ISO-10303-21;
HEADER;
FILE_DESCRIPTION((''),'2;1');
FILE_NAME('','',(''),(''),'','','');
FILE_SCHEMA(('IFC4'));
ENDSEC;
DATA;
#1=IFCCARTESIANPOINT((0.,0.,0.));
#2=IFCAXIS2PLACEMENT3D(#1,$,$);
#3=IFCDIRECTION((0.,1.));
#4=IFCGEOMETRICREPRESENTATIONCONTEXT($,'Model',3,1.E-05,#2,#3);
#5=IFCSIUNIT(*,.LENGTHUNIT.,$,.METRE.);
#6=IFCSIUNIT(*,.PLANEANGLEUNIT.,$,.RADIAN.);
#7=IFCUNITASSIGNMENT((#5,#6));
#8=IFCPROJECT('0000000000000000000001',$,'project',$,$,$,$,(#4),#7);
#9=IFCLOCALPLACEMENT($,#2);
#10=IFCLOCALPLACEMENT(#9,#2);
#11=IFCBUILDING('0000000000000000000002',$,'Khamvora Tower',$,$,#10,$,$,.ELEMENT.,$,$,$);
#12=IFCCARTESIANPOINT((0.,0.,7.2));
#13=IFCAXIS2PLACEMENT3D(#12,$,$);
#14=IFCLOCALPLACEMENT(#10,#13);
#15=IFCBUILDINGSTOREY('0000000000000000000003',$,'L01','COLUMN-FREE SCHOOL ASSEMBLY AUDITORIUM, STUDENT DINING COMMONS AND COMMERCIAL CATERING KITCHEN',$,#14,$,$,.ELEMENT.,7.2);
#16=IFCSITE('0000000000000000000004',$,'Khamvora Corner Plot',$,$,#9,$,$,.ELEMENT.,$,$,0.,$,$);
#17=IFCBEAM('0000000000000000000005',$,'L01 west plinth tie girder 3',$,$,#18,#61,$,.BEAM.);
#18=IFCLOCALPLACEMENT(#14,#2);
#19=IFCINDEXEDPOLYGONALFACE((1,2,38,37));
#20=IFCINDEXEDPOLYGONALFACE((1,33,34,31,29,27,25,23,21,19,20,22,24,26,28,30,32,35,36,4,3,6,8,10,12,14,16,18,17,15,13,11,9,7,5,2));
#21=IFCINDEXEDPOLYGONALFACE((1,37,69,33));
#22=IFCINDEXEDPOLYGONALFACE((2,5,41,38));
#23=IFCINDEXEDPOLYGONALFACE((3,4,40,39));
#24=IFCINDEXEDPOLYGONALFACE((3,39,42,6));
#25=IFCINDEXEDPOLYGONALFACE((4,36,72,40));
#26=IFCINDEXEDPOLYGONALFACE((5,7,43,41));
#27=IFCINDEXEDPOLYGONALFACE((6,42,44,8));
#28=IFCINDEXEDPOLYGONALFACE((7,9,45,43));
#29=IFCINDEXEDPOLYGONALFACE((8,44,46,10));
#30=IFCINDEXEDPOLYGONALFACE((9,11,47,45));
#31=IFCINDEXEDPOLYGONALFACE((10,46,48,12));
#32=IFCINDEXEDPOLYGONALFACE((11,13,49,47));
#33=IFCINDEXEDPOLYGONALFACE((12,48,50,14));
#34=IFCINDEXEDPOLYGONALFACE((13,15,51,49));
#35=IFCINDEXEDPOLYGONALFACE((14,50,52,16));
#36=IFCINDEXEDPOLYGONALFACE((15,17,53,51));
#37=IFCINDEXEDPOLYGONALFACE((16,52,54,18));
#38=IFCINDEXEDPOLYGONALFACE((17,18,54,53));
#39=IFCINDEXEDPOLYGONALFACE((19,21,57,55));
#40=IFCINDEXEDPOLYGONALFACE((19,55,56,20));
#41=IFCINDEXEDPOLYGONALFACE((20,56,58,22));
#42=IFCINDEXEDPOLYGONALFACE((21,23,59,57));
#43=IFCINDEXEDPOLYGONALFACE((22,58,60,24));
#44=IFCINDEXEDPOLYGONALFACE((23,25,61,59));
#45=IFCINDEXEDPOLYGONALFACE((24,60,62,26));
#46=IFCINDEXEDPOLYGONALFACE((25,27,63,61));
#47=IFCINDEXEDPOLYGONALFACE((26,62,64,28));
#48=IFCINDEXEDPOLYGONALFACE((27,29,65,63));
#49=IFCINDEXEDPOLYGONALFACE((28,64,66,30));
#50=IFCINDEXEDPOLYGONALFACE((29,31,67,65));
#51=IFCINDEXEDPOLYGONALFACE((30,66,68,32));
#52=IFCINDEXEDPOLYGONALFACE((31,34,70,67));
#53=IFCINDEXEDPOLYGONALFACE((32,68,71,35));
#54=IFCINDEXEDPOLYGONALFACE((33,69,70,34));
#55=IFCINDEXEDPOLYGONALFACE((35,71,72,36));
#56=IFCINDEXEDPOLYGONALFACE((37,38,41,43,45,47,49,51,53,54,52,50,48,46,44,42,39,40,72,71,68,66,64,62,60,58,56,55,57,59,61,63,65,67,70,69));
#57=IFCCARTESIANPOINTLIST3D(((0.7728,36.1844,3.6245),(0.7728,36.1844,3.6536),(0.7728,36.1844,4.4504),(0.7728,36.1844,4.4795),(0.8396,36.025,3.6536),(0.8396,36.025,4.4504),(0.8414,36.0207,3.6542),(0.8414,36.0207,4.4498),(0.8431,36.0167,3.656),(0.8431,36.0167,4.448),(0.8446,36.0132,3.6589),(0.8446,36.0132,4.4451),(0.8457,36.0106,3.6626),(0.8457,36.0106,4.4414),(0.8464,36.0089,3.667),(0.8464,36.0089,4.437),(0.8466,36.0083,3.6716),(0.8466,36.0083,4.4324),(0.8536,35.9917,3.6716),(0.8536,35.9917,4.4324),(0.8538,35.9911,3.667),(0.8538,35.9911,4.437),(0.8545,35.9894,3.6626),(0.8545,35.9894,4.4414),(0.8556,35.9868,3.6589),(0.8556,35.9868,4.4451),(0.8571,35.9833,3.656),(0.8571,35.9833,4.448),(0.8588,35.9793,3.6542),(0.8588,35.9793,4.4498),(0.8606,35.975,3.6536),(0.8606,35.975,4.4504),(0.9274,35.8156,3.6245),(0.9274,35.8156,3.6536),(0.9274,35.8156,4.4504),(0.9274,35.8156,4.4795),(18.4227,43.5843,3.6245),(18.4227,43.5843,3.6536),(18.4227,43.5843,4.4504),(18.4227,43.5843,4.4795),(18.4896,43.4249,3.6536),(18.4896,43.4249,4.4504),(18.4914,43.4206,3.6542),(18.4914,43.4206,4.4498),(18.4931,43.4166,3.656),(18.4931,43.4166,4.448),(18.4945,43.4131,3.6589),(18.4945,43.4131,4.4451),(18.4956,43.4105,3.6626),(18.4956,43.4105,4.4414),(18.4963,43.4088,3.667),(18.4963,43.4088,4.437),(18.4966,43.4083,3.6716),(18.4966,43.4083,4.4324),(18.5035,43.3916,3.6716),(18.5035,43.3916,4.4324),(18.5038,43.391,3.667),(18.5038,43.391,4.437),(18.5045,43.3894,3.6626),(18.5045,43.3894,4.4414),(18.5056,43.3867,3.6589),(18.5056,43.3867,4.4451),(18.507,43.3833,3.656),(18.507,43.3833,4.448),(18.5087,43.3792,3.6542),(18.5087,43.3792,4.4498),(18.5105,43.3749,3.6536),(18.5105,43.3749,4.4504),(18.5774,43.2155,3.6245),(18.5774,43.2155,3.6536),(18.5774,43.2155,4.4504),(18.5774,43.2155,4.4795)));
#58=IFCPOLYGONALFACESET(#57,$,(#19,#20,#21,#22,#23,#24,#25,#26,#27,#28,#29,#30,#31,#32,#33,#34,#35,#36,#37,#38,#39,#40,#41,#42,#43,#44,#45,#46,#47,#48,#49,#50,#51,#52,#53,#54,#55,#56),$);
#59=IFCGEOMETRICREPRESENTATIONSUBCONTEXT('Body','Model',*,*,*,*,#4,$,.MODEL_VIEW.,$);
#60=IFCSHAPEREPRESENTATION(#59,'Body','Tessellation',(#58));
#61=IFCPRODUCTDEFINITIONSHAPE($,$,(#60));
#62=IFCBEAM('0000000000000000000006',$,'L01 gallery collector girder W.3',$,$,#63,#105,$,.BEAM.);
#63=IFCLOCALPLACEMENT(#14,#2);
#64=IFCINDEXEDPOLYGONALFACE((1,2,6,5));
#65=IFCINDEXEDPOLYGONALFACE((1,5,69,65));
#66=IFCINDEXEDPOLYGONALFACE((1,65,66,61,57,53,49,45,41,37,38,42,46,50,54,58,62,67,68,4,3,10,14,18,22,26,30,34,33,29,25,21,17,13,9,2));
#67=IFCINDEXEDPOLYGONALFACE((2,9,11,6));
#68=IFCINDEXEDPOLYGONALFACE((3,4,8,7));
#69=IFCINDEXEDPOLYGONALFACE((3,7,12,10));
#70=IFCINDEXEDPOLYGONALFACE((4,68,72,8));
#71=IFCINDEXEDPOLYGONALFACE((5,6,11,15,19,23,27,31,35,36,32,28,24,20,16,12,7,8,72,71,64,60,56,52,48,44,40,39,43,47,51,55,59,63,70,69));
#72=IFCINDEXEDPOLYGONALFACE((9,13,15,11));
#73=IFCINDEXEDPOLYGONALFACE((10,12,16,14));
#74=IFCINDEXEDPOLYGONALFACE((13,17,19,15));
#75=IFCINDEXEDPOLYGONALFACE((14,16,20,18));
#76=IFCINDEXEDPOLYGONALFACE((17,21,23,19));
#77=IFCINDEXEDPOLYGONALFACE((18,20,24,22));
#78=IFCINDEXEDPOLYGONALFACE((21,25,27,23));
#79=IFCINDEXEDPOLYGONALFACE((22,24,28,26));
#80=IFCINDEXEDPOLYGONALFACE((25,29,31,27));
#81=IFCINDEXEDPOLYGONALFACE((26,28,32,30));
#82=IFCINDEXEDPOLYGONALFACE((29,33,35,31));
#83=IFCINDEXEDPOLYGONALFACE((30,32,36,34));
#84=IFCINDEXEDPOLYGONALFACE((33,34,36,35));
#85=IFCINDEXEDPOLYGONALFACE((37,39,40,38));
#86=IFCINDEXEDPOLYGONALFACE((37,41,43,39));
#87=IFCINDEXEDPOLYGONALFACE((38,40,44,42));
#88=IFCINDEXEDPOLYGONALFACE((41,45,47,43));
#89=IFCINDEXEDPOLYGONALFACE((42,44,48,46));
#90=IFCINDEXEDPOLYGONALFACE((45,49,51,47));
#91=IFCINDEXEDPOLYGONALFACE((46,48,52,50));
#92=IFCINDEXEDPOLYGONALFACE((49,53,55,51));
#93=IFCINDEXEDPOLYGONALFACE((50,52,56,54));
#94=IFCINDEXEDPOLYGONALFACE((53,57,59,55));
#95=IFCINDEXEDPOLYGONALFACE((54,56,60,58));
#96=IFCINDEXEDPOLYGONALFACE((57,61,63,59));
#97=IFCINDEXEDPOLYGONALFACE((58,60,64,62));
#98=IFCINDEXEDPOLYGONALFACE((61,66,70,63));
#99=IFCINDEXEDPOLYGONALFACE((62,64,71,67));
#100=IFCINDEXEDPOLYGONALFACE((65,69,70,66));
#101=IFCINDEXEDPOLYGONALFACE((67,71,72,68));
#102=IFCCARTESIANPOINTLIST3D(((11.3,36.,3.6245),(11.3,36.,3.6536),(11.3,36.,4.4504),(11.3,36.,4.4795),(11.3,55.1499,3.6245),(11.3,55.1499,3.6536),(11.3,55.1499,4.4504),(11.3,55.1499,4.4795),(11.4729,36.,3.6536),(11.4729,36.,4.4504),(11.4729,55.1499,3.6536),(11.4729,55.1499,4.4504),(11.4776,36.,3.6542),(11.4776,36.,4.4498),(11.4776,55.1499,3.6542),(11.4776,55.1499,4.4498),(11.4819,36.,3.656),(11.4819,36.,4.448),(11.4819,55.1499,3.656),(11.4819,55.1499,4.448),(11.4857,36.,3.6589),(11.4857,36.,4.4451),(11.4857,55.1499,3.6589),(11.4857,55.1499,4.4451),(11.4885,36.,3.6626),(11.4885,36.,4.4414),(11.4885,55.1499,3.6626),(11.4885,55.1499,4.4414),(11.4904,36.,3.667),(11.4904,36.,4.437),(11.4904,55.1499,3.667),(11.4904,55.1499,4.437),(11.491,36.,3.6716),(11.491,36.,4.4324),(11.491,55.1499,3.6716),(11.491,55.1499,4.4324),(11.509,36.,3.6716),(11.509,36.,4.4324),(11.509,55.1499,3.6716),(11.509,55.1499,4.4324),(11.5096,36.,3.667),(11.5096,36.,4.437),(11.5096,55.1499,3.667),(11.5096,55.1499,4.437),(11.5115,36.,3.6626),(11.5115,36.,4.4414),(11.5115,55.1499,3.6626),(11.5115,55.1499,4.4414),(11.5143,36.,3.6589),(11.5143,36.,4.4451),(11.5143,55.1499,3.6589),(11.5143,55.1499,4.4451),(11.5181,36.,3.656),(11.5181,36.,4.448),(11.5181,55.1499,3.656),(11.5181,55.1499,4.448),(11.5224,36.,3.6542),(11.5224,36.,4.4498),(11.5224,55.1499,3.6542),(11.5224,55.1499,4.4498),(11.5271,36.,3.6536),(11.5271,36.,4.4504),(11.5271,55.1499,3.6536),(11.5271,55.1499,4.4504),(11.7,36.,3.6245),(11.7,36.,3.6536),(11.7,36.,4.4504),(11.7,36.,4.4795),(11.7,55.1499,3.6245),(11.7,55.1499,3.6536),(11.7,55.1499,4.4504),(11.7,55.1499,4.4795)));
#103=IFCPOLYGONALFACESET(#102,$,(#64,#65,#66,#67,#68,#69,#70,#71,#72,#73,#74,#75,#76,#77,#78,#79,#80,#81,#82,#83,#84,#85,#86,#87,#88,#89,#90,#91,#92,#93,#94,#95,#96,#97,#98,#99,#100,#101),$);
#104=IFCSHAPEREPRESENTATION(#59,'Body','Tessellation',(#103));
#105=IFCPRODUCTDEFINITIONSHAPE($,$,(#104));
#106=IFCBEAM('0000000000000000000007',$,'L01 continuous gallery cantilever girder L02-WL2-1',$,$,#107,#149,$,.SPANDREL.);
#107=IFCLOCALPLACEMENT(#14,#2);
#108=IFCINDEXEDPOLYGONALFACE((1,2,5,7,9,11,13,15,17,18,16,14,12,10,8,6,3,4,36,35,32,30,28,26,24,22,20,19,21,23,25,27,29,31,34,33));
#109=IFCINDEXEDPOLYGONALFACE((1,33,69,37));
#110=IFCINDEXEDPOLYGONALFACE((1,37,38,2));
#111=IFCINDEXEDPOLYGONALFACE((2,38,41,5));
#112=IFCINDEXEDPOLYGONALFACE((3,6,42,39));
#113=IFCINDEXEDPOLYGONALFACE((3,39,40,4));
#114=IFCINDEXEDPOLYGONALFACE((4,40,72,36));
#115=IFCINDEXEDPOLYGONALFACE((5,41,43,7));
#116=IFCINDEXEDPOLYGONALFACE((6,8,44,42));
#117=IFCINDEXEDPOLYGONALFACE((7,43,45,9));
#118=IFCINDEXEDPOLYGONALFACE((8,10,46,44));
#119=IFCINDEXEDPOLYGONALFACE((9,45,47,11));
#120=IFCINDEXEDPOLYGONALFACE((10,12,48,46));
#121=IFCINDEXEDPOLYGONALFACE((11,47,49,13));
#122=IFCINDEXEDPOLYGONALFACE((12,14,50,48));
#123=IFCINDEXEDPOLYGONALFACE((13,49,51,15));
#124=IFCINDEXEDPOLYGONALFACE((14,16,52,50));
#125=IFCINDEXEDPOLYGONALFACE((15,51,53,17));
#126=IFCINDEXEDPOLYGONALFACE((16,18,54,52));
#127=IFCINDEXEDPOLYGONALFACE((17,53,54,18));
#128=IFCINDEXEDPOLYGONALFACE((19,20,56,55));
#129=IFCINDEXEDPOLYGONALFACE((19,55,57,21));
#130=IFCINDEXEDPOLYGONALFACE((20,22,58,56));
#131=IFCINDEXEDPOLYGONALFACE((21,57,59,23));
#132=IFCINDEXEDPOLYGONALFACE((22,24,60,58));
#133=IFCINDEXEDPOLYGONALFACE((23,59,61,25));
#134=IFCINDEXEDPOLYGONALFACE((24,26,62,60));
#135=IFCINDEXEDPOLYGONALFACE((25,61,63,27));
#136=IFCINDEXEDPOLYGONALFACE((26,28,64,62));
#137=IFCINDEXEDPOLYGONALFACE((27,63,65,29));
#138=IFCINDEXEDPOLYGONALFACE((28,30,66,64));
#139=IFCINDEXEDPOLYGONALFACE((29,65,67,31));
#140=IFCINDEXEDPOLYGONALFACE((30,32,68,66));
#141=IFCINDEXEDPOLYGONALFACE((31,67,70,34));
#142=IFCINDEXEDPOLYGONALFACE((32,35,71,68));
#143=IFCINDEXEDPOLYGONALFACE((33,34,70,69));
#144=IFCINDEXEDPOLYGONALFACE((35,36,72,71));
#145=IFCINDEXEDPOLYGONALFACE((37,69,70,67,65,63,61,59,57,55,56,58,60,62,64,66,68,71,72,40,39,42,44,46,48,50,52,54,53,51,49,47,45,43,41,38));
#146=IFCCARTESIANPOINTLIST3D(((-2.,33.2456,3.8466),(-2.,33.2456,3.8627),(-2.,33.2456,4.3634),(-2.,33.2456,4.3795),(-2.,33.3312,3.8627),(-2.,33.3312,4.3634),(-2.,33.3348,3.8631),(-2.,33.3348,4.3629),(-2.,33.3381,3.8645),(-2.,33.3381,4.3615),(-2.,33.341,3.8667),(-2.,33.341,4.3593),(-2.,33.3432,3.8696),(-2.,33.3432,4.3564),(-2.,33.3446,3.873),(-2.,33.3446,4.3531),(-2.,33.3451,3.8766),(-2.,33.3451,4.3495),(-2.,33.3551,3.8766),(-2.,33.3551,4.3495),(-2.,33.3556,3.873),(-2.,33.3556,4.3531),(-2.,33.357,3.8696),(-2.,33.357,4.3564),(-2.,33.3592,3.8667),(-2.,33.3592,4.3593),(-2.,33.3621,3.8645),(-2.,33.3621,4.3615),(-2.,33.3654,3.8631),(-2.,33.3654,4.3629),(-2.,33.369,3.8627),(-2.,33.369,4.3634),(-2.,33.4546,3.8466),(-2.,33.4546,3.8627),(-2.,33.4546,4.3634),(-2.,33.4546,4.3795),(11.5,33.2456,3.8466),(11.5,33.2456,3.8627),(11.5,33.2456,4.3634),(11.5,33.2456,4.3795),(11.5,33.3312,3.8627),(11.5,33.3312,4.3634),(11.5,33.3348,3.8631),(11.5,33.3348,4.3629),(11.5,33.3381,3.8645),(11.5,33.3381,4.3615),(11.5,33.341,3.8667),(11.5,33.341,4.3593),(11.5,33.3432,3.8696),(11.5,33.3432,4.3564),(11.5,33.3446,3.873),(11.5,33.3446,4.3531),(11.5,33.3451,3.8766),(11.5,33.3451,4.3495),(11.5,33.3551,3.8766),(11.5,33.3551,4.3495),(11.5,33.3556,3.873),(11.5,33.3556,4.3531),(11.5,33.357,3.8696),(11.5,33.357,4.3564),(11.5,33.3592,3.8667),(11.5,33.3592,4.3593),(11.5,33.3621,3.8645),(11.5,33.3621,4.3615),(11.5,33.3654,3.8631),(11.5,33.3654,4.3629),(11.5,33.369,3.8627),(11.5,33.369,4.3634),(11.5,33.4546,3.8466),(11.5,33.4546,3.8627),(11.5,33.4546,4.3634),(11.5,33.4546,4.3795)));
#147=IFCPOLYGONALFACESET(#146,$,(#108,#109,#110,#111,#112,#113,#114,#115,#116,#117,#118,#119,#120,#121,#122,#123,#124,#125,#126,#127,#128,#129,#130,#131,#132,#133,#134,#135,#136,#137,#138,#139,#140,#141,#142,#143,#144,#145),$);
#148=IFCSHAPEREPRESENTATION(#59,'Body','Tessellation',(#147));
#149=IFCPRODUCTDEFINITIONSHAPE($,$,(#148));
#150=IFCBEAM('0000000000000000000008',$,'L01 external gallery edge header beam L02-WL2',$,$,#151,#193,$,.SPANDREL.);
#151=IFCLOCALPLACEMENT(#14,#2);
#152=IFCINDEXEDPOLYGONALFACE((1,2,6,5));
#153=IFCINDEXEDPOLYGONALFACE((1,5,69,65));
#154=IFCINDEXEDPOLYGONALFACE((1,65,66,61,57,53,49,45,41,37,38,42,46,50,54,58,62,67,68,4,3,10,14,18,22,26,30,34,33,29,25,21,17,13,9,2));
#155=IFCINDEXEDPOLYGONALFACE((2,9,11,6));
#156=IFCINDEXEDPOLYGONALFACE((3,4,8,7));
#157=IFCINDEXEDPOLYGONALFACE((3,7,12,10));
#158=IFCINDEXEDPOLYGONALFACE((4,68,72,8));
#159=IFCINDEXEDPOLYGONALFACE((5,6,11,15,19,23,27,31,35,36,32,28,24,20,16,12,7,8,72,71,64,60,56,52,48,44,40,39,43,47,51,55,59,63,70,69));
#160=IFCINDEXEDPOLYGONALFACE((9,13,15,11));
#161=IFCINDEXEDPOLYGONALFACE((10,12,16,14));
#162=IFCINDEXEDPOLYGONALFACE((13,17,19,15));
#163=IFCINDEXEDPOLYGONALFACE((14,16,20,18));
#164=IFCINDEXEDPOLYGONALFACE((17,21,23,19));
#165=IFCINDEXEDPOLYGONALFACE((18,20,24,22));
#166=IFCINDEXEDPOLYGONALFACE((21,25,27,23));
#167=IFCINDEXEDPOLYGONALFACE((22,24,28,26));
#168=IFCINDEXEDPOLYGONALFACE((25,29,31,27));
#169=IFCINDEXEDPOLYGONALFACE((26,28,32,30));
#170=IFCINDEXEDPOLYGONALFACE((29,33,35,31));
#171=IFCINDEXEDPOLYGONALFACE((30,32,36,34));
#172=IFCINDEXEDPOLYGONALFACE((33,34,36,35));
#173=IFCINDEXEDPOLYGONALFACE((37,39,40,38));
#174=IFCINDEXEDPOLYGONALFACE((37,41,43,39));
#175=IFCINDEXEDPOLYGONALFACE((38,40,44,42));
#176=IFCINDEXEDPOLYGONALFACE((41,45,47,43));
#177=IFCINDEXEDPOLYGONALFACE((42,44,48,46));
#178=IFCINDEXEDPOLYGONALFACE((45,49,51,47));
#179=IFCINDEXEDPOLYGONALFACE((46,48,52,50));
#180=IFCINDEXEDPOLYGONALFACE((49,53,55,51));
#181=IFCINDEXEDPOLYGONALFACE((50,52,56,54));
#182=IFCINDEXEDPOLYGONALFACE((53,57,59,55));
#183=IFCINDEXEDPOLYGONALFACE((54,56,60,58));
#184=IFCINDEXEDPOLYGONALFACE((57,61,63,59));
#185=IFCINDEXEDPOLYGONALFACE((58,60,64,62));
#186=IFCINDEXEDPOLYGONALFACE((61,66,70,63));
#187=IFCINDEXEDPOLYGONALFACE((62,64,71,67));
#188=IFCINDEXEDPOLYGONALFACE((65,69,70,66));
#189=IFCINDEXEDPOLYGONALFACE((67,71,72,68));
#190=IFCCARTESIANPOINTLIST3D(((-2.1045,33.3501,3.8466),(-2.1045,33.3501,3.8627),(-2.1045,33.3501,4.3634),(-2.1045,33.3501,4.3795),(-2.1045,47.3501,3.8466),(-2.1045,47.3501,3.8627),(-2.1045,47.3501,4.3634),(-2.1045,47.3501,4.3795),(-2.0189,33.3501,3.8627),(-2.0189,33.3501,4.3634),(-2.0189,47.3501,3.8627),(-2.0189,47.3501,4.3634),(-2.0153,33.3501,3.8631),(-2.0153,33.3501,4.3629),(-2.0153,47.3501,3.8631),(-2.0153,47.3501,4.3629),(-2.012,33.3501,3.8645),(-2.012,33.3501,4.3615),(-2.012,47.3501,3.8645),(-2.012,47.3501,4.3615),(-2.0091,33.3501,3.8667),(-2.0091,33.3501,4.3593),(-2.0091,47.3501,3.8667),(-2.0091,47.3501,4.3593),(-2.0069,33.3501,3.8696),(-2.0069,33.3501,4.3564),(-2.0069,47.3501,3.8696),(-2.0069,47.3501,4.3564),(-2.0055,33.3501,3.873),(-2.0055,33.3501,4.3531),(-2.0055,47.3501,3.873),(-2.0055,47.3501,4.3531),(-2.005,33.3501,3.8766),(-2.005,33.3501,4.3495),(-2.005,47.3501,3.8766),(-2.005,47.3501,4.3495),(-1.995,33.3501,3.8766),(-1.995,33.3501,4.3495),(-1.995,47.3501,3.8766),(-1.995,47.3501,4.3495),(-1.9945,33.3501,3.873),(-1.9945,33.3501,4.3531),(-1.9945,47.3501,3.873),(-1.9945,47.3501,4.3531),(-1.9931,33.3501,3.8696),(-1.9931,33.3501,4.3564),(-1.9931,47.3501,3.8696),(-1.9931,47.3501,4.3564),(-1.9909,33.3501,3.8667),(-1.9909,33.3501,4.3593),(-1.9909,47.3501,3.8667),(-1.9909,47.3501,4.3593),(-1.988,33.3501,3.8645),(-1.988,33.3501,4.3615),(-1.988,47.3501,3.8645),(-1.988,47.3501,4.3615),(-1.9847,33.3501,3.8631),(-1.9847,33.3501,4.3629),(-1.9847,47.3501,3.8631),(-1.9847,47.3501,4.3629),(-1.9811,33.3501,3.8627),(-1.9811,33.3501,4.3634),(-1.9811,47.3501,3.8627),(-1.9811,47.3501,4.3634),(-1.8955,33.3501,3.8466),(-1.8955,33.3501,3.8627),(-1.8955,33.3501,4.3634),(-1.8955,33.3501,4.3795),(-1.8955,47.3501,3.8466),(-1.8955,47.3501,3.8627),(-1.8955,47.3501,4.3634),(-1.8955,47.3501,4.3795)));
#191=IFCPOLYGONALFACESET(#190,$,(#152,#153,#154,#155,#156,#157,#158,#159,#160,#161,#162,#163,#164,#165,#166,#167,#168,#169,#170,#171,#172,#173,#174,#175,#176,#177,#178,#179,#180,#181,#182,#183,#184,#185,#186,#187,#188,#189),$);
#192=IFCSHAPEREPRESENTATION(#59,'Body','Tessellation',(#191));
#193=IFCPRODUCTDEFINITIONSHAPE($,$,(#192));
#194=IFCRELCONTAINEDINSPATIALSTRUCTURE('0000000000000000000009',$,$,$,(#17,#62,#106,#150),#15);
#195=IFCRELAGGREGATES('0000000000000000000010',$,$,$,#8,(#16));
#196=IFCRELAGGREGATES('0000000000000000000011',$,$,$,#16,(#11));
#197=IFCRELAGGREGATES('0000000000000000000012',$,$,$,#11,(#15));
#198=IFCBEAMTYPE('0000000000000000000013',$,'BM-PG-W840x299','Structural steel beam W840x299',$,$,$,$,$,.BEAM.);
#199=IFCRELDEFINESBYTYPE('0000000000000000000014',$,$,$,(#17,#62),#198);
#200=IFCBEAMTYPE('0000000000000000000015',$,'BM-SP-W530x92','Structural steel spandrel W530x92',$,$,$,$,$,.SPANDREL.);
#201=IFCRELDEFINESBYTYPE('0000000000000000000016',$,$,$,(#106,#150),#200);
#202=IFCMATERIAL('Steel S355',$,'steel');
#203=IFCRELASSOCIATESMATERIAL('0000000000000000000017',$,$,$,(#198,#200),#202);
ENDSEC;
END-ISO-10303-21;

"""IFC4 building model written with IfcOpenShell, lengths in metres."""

from ifc_helpers import new_model, si_unit, direction, frame, origin, origin_2d, place, context, subcontext, project, spatial, i_section, extrude, material, material_profile, profile_set, type_object, element, save


model = new_model("IFC4")

# Units and contexts
model_context = context("Model", 3, precision=1e-05, world=origin(), true_north=direction((0.0, 1.0)))
body_context = subcontext(model_context, "Body", "Model", "MODEL_VIEW")
ifc_project = project(units=[si_unit("LENGTHUNIT", "METRE"), si_unit("PLANEANGLEUNIT", "RADIAN")], contexts=[model_context])

# Site, building, storey
site_placement = place(None, origin())
site = spatial("IfcSite", under=ifc_project, at=site_placement, Name="Khamvora Corner Plot", CompositionType="ELEMENT", RefElevation=0.0)
building_placement = place(site_placement, origin())
building = spatial("IfcBuilding", under=site, at=building_placement, Name="Khamvora Tower", CompositionType="ELEMENT")
storey_placement = place(building_placement, frame((0.0, 0.0, 7.2)))
storey = spatial("IfcBuildingStorey", under=building, at=storey_placement, Name="L01", Description="COLUMN-FREE SCHOOL ASSEMBLY AUDITORIUM, STUDENT DINING COMMONS AND COMMERCIAL CATERING KITCHEN", CompositionType="ELEMENT", Elevation=7.2)

# Beams
ifc_material_1 = material(Name="Steel S355", Category="steel")
ifc_material_profile_1 = material_profile(ifc_material_1, i_section(OverallWidth=0.3999, OverallDepth=0.855, WebThickness=0.0181, FlangeThickness=0.0291, FilletRadius=0.0181, at=origin_2d()), Name="W840x299")
ifc_profile_set_1 = profile_set([ifc_material_profile_1], Name="Steel S355")
beam_type_1 = type_object("IfcBeamType", Name="BM-PG-W840x299", Description="Structural steel beam W840x299", PredefinedType="BEAM", material=ifc_profile_set_1)
beam_1_placement = place(storey_placement, frame((0.8501, 36.0, 4.052), z_axis=(0.922225, 0.386652, 0.0), x_axis=(-0.386652, 0.922225, 0.0)))
element("IfcBeam", 1, at=beam_1_placement, inside=storey, type_object=beam_type_1, Name="L01 west plinth tie girder 3", PredefinedType="BEAM", context=body_context, shape_type="SweptSolid", body=[
    extrude(i_section(OverallWidth=0.3999, OverallDepth=0.855, WebThickness=0.0181, FlangeThickness=0.0291, FilletRadius=0.0181, at=origin_2d()), origin(), (0.0, 0.0, 1.0), 19.1384),
])
beam_2_placement = place(storey_placement, frame((11.5, 36.0, 4.052), z_axis=(0.0, 1.0, 0.0), x_axis=(-1.0, 0.0, 0.0)))
element("IfcBeam", 2, at=beam_2_placement, inside=storey, type_object=beam_type_1, Name="L01 gallery collector girder W.3", PredefinedType="BEAM", context=body_context, shape_type="SweptSolid", body=[
    extrude(i_section(OverallWidth=0.3999, OverallDepth=0.855, WebThickness=0.0181, FlangeThickness=0.0291, FilletRadius=0.0181, at=origin_2d()), origin(), (0.0, 0.0, 1.0), 19.1499),
])
ifc_material_profile_2 = material_profile(ifc_material_1, i_section(OverallWidth=0.209, OverallDepth=0.533, WebThickness=0.01, FlangeThickness=0.0161, FilletRadius=0.0139, at=origin_2d()), Name="W530x92")
ifc_profile_set_2 = profile_set([ifc_material_profile_2], Name="Steel S355")
beam_type_2 = type_object("IfcBeamType", Name="BM-SP-W530x92", Description="Structural steel spandrel W530x92", PredefinedType="SPANDREL", material=ifc_profile_set_2)
beam_3_placement = place(storey_placement, frame((11.5, 33.3501, 4.113), z_axis=(-1.0, 0.0, 0.0), x_axis=(0.0, -1.0, 0.0)))
element("IfcBeam", 3, at=beam_3_placement, inside=storey, type_object=beam_type_2, Name="L01 continuous gallery cantilever girder L02-WL2-1", PredefinedType="SPANDREL", context=body_context, shape_type="SweptSolid", body=[
    extrude(i_section(OverallWidth=0.209, OverallDepth=0.533, WebThickness=0.01, FlangeThickness=0.0161, FilletRadius=0.0139, at=origin_2d()), origin(), (0.0, 0.0, 1.0), 13.5),
])
beam_4_placement = place(storey_placement, frame((-2.0, 33.3501, 4.113), z_axis=(0.0, 1.0, 0.0), x_axis=(-1.0, 0.0, 0.0)))
element("IfcBeam", 4, at=beam_4_placement, inside=storey, type_object=beam_type_2, Name="L01 external gallery edge header beam L02-WL2", PredefinedType="SPANDREL", context=body_context, shape_type="SweptSolid", body=[
    extrude(i_section(OverallWidth=0.209, OverallDepth=0.533, WebThickness=0.01, FlangeThickness=0.0161, FilletRadius=0.0139, at=origin_2d()), origin(), (0.0, 0.0, 1.0), 14.0),
])

save(model, "model.ifc")
